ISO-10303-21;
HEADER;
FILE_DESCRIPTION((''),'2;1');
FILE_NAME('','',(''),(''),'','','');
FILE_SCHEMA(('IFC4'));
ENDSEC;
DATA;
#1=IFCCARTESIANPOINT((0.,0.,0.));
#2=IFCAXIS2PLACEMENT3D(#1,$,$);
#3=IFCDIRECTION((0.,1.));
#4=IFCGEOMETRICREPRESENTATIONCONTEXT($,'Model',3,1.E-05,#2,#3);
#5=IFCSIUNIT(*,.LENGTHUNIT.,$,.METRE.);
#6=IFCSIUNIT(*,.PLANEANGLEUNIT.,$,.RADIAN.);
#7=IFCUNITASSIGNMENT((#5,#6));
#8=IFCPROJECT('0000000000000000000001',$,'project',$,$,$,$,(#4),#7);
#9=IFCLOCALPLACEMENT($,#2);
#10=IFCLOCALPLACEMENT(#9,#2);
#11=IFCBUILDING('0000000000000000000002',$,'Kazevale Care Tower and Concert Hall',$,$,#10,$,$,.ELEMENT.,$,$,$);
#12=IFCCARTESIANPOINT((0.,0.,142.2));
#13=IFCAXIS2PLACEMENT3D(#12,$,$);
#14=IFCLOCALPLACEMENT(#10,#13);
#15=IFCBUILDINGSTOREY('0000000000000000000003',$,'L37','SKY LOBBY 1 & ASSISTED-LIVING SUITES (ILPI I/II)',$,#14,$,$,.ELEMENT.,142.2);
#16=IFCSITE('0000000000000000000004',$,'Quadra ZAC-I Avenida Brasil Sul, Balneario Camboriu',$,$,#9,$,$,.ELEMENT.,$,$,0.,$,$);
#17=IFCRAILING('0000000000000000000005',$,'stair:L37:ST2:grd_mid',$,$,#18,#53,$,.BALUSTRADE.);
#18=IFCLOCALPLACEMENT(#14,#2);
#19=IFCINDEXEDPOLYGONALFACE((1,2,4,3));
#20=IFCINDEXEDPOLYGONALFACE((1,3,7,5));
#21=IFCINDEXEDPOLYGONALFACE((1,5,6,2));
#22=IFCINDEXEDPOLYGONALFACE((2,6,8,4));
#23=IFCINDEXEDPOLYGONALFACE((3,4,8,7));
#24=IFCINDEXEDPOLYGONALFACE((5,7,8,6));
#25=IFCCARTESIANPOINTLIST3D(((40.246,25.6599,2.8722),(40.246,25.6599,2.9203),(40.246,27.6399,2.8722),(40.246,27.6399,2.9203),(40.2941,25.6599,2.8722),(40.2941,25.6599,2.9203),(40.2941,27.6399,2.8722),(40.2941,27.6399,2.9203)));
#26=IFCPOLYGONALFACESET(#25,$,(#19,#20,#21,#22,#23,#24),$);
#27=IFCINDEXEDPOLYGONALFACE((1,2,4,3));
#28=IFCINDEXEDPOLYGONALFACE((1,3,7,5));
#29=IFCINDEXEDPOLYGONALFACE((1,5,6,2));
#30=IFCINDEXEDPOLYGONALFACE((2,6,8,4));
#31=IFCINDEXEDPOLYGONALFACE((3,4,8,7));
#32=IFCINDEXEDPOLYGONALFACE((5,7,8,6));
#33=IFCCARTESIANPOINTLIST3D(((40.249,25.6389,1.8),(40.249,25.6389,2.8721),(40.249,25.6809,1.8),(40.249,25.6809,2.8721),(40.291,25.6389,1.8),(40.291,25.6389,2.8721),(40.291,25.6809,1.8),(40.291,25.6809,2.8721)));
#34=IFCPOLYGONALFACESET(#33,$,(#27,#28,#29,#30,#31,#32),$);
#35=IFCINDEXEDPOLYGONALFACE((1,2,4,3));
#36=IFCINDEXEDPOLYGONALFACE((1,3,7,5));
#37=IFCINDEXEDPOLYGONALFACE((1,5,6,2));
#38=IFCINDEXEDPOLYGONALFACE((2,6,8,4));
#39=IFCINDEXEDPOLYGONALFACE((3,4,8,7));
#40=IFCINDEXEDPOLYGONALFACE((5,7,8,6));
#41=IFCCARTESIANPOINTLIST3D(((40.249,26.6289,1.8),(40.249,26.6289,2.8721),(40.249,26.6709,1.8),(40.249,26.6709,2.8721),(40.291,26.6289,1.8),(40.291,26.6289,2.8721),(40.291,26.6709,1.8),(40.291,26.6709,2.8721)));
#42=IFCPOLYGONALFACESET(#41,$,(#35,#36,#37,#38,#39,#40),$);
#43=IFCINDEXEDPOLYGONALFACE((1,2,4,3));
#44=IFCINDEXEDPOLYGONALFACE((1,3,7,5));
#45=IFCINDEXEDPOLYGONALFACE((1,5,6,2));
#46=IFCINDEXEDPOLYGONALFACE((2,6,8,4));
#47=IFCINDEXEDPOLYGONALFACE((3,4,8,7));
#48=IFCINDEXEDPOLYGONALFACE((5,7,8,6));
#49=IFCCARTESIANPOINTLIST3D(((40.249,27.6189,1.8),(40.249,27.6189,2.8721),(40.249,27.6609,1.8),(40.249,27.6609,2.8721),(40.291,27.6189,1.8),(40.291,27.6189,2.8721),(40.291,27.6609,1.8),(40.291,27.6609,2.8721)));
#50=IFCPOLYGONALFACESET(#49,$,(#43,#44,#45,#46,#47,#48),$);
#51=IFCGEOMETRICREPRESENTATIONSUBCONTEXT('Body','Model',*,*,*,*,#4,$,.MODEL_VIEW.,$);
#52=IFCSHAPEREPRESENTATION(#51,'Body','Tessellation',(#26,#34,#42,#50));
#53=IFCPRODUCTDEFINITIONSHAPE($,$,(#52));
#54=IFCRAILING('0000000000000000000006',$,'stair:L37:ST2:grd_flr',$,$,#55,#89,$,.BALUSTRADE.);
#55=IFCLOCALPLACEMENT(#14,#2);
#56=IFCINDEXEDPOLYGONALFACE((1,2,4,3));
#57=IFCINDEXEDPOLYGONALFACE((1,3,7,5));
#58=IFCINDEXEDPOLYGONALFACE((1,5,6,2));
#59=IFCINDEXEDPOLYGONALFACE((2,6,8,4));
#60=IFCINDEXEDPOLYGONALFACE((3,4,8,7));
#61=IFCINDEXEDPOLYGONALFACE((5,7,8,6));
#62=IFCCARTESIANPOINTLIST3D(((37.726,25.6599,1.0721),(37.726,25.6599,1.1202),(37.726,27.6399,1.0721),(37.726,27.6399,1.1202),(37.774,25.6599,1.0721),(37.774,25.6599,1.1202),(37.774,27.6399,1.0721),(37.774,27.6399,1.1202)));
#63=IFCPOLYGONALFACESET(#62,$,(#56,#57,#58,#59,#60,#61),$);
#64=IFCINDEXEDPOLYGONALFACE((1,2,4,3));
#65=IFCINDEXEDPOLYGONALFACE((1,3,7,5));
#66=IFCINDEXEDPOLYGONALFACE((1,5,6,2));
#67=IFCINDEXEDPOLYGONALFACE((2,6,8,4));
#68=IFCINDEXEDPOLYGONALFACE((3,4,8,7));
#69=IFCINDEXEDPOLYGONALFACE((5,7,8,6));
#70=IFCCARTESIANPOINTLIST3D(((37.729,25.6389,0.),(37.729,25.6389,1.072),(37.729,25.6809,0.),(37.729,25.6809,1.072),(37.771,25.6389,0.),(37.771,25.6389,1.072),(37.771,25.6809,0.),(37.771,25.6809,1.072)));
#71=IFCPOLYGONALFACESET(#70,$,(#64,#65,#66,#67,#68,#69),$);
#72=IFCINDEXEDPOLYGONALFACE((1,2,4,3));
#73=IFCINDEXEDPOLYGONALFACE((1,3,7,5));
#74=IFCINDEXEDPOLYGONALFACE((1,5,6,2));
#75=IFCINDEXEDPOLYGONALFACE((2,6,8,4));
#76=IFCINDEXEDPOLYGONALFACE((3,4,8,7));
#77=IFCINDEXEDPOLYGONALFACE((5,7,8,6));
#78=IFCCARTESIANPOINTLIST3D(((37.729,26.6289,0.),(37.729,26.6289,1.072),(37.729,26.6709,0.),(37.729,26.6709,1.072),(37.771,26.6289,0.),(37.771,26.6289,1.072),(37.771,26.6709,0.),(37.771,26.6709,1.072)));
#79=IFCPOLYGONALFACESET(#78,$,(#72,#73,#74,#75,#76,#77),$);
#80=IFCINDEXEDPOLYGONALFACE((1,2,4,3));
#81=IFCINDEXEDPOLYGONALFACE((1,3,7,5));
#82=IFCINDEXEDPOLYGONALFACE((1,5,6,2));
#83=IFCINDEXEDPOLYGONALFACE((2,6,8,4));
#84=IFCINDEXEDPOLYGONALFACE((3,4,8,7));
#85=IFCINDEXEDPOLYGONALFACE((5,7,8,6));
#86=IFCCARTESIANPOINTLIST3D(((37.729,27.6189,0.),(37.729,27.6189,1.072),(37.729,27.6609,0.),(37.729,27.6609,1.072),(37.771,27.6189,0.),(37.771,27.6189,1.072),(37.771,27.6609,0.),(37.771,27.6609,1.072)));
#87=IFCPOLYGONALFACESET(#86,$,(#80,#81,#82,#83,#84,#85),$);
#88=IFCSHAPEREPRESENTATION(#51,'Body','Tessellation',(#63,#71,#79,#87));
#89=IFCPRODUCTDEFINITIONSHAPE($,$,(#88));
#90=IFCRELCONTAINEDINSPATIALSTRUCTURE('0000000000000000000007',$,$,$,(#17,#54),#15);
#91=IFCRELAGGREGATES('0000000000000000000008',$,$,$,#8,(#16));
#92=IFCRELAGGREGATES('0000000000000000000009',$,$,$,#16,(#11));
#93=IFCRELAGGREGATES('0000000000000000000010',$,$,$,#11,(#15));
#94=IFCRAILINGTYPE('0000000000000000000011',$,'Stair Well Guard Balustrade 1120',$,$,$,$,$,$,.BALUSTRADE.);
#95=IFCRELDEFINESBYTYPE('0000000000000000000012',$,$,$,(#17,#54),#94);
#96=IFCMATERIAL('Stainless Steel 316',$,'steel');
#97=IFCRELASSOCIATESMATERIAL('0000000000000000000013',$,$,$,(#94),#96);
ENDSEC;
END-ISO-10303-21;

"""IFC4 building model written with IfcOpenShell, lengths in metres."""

from ifc_helpers import new_model, si_unit, direction, frame, origin, origin_2d, place, context, subcontext, project, spatial, rectangle, extrude, material, type_object, element, save


model = new_model("IFC4")

# Units and contexts
model_context = context("Model", 3, precision=1e-05, world=origin(), true_north=direction((0.0, 1.0)))
body_context = subcontext(model_context, "Body", "Model", "MODEL_VIEW")
ifc_project = project(units=[si_unit("LENGTHUNIT", "METRE"), si_unit("PLANEANGLEUNIT", "RADIAN")], contexts=[model_context])

# Site, building, storey
site_placement = place(None, origin())
site = spatial("IfcSite", under=ifc_project, at=site_placement, Name="Quadra ZAC-I Avenida Brasil Sul, Balneario Camboriu", CompositionType="ELEMENT", RefElevation=0.0)
building_placement = place(site_placement, origin())
building = spatial("IfcBuilding", under=site, at=building_placement, Name="Kazevale Care Tower and Concert Hall", CompositionType="ELEMENT")
storey_placement = place(building_placement, frame((0.0, 0.0, 142.2)))
storey = spatial("IfcBuildingStorey", under=building, at=storey_placement, Name="L37", Description="SKY LOBBY 1 & ASSISTED-LIVING SUITES (ILPI I/II)", CompositionType="ELEMENT", Elevation=142.2)

# Railings
ifc_material_1 = material(Name="Stainless Steel 316", Category="steel")
railing_type_1 = type_object("IfcRailingType", Name="Stair Well Guard Balustrade 1120", PredefinedType="BALUSTRADE", material=ifc_material_1)
for number, where, name in (
    (1, (40.27, 25.6599, 1.8), "stair:L37:ST2:grd_mid"),
    (2, (37.75, 25.6599, 0.0), "stair:L37:ST2:grd_flr"),
):
    element("IfcRailing", number, at=place(storey_placement, frame(where)), inside=storey, type_object=railing_type_1, Name=name, PredefinedType="BALUSTRADE", context=body_context, shape_type="SweptSolid", body=[
        extrude(rectangle(XDim=0.0481, YDim=0.0481, at=origin_2d()), frame((0.0, 0.0, 1.0962), z_axis=(0.0, 1.0, 0.0), x_axis=(-1.0, 0.0, 0.0)), (0.0, 0.0, 1.0), 1.98),
        extrude(rectangle(XDim=0.042, YDim=0.042, at=origin_2d()), origin(), (0.0, 0.0, 1.0), 1.072),
        extrude(rectangle(XDim=0.042, YDim=0.042, at=origin_2d()), frame((0.0, 0.99, 0.0)), (0.0, 0.0, 1.0), 1.072),
        extrude(rectangle(XDim=0.042, YDim=0.042, at=origin_2d()), frame((0.0, 1.98, 0.0)), (0.0, 0.0, 1.0), 1.072),
    ])

save(model, "model.ifc")
